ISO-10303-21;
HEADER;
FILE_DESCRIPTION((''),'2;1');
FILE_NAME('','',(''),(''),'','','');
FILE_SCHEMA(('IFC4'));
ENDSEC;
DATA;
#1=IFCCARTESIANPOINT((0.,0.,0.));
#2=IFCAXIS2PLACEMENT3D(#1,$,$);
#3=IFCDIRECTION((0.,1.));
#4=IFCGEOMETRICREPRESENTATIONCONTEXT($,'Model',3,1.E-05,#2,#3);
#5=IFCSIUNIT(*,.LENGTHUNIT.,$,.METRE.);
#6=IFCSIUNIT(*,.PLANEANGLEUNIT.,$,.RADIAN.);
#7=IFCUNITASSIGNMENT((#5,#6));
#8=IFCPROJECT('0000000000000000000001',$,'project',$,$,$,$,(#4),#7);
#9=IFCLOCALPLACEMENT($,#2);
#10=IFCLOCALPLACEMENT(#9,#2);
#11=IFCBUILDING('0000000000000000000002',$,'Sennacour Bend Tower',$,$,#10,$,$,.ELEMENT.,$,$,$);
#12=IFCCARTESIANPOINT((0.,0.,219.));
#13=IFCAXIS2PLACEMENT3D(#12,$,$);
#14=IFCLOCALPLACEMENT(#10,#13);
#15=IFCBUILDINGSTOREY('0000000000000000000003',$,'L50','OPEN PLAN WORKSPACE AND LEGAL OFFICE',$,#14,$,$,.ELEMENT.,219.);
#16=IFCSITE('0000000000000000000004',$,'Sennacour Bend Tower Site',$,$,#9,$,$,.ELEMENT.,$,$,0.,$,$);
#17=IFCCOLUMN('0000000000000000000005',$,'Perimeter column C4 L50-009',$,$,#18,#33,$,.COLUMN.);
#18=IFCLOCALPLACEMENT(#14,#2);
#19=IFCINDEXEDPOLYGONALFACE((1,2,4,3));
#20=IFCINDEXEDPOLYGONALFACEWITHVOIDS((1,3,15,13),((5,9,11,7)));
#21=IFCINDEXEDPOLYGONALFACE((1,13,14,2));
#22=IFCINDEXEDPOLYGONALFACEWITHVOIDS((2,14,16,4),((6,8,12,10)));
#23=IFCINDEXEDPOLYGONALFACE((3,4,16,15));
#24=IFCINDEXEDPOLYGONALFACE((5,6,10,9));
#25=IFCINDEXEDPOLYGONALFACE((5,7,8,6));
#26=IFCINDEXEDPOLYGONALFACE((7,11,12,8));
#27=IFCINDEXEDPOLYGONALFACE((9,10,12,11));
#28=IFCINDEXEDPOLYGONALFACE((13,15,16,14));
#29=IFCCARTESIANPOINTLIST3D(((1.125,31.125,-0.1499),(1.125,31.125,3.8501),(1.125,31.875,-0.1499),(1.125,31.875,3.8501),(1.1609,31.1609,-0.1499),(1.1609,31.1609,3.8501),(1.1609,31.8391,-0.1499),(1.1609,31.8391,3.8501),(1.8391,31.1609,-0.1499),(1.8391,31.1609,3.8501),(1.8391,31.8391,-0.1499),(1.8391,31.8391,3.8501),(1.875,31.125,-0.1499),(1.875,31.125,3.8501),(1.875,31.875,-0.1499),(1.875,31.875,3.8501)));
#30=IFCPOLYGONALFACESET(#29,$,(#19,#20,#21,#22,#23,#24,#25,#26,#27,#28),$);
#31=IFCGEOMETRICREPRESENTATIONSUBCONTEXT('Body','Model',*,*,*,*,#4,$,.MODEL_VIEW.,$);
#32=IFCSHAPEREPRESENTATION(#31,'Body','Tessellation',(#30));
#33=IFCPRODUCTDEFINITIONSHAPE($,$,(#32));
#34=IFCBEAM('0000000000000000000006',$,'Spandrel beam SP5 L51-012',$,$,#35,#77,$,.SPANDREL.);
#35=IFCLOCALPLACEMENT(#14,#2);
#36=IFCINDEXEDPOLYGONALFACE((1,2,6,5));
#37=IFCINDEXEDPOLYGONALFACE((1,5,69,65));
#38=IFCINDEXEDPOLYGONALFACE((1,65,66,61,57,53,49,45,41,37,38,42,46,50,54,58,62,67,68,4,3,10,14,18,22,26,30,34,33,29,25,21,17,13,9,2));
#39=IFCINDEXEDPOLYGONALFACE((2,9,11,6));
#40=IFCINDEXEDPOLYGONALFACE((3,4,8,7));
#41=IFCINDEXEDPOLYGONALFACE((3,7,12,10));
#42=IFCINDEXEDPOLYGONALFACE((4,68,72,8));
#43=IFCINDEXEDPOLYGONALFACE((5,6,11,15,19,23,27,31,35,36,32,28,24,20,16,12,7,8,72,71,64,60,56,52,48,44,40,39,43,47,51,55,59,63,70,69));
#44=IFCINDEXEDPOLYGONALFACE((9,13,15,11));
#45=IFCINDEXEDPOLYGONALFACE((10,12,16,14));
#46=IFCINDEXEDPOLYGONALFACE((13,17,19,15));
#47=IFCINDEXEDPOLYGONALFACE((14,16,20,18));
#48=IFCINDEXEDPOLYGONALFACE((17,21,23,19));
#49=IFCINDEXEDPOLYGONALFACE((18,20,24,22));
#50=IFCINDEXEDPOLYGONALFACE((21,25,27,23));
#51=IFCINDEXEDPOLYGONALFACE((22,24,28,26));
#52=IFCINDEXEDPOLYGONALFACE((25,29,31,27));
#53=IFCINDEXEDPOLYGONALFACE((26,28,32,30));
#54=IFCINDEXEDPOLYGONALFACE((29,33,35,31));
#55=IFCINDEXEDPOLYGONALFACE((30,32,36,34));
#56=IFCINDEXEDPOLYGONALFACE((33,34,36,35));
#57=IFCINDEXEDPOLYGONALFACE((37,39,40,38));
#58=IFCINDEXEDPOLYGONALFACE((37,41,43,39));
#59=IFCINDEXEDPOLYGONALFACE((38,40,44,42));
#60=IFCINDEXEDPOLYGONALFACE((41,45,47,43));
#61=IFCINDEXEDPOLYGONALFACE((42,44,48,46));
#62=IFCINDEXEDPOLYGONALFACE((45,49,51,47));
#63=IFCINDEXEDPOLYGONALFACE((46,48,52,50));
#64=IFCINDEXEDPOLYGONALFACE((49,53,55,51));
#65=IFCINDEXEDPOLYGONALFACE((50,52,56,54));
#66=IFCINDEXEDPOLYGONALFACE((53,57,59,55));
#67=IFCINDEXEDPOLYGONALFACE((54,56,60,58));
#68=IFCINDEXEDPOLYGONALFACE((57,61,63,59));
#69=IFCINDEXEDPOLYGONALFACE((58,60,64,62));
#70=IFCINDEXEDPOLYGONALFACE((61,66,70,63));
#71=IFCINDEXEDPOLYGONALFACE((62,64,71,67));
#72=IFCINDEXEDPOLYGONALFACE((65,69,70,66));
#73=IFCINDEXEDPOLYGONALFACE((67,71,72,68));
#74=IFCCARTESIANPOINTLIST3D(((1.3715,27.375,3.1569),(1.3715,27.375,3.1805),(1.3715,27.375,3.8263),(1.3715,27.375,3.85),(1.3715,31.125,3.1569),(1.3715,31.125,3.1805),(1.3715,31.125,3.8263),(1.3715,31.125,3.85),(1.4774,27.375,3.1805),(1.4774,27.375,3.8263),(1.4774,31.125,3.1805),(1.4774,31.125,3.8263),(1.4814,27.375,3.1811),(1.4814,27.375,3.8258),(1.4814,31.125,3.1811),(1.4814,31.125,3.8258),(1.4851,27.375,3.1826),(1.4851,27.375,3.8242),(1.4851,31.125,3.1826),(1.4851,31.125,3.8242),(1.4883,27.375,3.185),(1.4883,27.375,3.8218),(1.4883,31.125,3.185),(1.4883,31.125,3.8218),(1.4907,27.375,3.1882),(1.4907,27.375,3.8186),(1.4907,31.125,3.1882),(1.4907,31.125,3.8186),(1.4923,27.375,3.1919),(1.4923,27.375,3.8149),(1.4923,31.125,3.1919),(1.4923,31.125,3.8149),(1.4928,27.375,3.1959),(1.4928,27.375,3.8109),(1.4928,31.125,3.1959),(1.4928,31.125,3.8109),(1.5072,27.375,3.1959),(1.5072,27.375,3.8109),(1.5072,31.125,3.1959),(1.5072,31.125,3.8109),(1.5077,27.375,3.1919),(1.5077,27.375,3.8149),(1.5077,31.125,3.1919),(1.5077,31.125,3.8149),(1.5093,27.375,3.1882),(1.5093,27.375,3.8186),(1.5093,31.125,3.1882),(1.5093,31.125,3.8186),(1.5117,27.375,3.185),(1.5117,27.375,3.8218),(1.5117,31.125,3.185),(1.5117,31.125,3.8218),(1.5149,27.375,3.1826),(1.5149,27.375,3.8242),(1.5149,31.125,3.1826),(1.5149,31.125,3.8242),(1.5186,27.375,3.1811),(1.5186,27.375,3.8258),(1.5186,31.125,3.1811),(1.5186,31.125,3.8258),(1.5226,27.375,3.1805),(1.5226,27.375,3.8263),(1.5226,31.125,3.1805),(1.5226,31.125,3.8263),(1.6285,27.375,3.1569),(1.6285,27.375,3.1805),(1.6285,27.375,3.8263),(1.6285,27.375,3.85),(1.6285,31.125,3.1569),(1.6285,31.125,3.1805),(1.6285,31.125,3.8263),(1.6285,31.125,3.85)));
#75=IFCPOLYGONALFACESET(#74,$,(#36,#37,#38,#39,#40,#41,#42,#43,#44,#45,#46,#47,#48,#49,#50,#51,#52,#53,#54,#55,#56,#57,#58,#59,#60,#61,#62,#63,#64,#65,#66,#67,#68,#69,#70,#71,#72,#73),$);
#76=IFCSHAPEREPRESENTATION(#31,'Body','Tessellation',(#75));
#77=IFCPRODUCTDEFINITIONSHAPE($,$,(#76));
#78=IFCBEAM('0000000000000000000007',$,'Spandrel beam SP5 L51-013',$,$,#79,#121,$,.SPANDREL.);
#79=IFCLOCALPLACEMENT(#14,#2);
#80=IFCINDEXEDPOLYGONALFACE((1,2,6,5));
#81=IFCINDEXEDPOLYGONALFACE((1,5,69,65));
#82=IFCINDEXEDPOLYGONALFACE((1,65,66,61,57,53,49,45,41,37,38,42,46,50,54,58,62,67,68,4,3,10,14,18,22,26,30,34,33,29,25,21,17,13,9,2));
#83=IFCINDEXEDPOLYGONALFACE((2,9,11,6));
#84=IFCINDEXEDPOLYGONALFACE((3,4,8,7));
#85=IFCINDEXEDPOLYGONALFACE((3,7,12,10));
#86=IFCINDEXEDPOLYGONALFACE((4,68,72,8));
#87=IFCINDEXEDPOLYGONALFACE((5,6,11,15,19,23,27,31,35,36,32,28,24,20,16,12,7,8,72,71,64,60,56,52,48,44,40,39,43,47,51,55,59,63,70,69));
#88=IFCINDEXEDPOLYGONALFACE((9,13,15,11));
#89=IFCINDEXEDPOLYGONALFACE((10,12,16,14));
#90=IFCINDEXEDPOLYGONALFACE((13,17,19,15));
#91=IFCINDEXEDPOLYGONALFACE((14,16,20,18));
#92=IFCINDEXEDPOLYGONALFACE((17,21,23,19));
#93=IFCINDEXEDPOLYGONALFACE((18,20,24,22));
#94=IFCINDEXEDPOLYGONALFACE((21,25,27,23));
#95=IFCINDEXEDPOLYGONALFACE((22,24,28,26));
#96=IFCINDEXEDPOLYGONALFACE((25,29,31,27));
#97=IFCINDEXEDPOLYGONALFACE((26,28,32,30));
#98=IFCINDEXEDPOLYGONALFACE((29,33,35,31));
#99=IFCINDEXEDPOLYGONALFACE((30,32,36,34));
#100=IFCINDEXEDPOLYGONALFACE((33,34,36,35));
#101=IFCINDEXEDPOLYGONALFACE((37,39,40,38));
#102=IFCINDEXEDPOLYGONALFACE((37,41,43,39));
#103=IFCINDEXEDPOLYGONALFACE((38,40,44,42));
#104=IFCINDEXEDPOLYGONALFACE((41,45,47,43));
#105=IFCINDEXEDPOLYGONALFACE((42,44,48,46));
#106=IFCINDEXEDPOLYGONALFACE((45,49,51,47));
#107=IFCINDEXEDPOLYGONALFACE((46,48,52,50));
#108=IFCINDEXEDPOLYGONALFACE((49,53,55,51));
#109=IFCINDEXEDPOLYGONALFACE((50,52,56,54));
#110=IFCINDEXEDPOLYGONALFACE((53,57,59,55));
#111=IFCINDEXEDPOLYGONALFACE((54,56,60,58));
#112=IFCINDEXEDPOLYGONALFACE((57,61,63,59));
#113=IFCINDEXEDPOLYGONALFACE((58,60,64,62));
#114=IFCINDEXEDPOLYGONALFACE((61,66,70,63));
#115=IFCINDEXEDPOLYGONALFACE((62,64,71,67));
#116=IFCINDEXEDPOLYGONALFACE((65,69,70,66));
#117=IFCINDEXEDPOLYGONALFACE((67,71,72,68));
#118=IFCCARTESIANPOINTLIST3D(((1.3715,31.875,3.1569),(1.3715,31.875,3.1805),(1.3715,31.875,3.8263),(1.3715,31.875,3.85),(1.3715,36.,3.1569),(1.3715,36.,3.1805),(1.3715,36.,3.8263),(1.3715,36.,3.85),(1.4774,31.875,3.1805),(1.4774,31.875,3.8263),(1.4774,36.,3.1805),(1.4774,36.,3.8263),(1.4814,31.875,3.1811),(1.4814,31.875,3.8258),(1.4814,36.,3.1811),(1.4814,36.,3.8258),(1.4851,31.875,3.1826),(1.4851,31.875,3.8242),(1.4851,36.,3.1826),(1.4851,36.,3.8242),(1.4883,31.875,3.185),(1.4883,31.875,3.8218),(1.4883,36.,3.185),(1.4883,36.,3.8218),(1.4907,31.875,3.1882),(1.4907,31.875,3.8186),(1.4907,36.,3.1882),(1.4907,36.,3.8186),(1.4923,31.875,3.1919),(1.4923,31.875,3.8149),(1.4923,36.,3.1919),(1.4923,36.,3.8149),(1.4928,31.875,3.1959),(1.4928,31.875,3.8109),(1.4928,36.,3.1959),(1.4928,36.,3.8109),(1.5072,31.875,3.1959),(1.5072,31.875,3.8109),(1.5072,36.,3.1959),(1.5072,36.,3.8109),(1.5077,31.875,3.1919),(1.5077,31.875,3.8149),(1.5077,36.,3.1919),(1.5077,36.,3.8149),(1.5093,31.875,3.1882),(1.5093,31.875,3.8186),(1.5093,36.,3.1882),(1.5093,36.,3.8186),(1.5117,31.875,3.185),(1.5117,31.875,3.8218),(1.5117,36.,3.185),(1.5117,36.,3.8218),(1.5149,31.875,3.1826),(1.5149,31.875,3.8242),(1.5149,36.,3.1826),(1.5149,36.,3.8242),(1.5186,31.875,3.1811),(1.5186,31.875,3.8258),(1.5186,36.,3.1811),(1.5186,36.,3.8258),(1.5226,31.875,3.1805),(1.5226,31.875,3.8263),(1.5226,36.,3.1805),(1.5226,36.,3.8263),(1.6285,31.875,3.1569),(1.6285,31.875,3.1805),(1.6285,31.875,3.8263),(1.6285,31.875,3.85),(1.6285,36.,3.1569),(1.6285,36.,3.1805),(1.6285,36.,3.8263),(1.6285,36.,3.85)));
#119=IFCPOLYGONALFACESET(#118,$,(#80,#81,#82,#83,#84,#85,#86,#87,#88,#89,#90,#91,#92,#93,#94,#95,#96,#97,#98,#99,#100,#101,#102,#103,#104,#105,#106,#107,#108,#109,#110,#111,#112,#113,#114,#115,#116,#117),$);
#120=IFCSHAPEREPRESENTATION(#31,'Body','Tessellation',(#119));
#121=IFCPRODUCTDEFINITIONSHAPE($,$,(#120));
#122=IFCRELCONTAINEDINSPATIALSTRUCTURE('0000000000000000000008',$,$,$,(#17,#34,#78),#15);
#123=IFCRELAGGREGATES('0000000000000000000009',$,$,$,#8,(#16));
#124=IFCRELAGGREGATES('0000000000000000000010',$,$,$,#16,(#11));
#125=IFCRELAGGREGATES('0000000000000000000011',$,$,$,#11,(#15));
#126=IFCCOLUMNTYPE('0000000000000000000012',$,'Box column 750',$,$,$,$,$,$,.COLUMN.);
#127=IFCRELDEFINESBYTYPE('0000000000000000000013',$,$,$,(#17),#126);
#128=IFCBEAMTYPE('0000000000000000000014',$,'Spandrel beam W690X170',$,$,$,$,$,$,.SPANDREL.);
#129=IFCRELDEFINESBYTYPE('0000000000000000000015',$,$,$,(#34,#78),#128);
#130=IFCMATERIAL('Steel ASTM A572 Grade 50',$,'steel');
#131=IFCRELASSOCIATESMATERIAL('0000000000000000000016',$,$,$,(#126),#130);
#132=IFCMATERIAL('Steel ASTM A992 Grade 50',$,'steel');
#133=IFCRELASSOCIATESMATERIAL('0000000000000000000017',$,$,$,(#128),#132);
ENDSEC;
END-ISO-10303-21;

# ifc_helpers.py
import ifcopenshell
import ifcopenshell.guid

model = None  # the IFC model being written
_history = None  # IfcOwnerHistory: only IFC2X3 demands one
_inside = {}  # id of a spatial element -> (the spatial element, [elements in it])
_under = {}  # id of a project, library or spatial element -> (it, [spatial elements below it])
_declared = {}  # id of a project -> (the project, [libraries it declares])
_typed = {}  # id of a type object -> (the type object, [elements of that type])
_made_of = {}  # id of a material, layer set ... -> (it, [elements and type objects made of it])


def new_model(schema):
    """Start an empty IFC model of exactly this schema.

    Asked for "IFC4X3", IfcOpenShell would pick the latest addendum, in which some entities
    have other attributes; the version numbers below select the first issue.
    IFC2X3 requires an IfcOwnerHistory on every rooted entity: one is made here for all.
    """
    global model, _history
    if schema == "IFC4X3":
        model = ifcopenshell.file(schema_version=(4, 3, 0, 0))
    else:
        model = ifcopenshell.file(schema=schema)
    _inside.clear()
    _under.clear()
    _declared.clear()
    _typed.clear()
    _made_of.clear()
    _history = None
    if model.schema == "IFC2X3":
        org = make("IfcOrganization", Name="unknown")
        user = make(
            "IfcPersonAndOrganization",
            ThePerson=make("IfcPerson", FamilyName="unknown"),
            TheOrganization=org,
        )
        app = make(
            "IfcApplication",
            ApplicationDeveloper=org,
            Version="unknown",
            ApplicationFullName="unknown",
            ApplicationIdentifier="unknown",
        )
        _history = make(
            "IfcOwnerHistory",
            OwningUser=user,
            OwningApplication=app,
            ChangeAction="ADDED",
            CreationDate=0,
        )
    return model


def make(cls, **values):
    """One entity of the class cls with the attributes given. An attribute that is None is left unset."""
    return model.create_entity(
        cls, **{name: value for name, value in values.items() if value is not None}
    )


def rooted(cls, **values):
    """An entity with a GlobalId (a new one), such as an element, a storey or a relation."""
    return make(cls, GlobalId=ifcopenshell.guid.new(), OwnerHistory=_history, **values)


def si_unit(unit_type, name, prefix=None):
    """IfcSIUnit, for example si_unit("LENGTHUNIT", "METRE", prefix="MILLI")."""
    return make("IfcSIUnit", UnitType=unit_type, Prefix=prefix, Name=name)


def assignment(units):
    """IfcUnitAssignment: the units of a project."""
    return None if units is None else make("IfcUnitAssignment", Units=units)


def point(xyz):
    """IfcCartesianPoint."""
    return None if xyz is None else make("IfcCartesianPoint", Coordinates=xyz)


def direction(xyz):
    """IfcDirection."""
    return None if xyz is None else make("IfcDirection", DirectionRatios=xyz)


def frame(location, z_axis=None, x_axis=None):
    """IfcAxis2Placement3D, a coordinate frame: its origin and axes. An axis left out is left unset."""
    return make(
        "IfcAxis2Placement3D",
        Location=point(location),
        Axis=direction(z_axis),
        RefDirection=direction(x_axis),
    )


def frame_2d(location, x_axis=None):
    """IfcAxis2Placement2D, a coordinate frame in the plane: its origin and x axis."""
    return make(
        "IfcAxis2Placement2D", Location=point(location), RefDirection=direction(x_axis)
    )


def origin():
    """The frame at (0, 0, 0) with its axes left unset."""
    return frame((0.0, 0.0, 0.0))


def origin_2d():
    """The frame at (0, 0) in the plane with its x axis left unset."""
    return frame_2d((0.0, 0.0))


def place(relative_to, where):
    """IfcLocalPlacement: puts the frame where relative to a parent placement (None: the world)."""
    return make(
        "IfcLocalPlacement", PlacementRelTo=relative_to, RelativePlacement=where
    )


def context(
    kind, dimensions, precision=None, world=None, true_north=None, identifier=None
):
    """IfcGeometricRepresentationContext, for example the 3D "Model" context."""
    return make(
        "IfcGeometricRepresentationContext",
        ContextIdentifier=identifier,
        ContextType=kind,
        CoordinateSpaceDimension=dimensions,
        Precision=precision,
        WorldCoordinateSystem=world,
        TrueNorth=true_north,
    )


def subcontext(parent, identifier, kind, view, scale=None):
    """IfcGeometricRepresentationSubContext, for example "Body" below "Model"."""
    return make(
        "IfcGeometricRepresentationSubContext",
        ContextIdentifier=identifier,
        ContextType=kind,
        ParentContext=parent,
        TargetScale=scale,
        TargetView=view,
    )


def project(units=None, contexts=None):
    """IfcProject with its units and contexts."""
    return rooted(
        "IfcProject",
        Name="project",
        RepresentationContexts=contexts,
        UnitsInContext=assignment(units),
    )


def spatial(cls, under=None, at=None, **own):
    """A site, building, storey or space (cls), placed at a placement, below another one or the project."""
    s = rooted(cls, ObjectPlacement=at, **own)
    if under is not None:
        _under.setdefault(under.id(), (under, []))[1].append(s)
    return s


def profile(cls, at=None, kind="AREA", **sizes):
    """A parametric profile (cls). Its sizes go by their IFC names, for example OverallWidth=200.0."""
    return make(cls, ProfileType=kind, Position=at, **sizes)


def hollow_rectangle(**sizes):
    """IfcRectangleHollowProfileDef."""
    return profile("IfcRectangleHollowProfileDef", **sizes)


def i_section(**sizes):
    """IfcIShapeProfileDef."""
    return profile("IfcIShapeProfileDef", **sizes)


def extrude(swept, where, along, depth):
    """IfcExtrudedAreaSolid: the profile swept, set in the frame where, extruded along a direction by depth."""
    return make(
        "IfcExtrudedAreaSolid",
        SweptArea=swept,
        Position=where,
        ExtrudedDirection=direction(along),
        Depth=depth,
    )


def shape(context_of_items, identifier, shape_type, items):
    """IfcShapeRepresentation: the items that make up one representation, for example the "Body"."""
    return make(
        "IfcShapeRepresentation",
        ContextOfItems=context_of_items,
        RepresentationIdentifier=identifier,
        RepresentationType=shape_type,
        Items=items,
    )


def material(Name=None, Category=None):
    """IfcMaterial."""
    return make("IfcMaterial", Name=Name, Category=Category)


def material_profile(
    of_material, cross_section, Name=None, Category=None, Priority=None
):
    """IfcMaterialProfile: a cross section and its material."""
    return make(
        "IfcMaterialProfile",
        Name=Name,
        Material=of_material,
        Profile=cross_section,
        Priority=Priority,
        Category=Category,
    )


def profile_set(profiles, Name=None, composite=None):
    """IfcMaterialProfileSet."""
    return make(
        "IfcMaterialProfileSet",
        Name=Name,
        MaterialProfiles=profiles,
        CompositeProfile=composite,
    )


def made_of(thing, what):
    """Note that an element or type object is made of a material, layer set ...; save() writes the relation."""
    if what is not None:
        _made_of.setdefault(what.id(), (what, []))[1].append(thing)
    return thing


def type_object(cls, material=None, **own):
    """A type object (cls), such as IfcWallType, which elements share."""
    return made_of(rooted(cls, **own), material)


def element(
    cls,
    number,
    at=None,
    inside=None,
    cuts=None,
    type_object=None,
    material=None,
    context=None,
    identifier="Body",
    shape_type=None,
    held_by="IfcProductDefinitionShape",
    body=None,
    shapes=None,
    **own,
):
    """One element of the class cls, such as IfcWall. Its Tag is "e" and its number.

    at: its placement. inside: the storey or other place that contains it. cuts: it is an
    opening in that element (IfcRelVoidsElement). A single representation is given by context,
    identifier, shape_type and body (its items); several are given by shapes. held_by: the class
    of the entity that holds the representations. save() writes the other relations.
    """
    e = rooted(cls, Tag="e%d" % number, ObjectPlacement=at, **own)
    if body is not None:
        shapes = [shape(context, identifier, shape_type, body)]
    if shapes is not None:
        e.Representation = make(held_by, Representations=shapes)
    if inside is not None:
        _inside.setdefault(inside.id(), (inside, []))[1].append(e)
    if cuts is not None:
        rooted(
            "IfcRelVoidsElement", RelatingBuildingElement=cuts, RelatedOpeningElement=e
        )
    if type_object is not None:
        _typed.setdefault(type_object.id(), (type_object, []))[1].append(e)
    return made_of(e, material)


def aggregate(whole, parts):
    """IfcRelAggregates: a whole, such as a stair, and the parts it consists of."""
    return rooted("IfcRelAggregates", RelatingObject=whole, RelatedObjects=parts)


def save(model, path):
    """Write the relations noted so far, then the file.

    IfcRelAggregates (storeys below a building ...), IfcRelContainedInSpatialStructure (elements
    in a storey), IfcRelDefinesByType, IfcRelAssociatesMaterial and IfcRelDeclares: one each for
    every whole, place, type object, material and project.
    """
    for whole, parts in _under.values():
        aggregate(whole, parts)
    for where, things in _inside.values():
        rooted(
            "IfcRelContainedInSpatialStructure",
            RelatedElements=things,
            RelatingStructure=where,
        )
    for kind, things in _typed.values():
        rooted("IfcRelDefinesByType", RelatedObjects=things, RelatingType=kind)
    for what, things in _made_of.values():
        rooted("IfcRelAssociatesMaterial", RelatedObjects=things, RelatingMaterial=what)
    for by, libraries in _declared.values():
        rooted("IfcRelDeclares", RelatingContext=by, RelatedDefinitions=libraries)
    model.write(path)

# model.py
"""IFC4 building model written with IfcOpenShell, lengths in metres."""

from ifc_helpers import new_model, si_unit, direction, frame, origin, origin_2d, place, context, subcontext, project, spatial, hollow_rectangle, i_section, extrude, material, material_profile, profile_set, type_object, element, save


model = new_model("IFC4")

# Units and contexts
model_context = context("Model", 3, precision=1e-05, world=origin(), true_north=direction((0.0, 1.0)))
body_context = subcontext(model_context, "Body", "Model", "MODEL_VIEW")
ifc_project = project(units=[si_unit("LENGTHUNIT", "METRE"), si_unit("PLANEANGLEUNIT", "RADIAN")], contexts=[model_context])

# Site, building, storey
site_placement = place(None, origin())
site = spatial("IfcSite", under=ifc_project, at=site_placement, Name="Sennacour Bend Tower Site", CompositionType="ELEMENT", RefElevation=0.0)
building_placement = place(site_placement, origin())
building = spatial("IfcBuilding", under=site, at=building_placement, Name="Sennacour Bend Tower", CompositionType="ELEMENT")
storey_placement = place(building_placement, frame((0.0, 0.0, 219.0)))
storey = spatial("IfcBuildingStorey", under=building, at=storey_placement, Name="L50", Description="OPEN PLAN WORKSPACE AND LEGAL OFFICE", CompositionType="ELEMENT", Elevation=219.0)

# Column
ifc_material_1 = material(Name="Steel ASTM A572 Grade 50", Category="steel")
ifc_material_profile_1 = material_profile(ifc_material_1, hollow_rectangle(XDim=0.75, YDim=0.75, WallThickness=0.0359, at=origin_2d()), Name="Steel ASTM A572 Grade 50", Category="steel")
ifc_profile_set_1 = profile_set([ifc_material_profile_1], Name="Steel ASTM A572 Grade 50")
column_type = type_object("IfcColumnType", Name="Box column 750", PredefinedType="COLUMN", material=ifc_profile_set_1)
column_placement = place(storey_placement, frame((1.5, 31.5, -0.1499), z_axis=(0.0, 0.0, 1.0), x_axis=(1.0, 0.0, 0.0)))
element("IfcColumn", 1, at=column_placement, inside=storey, type_object=column_type, Name="Perimeter column C4 L50-009", PredefinedType="COLUMN", context=body_context, shape_type="SweptSolid", body=[
    extrude(hollow_rectangle(XDim=0.75, YDim=0.75, WallThickness=0.0359, at=origin_2d()), origin(), (0.0, 0.0, 1.0), 4.0),
])

# Beams
ifc_material_2 = material(Name="Steel ASTM A992 Grade 50", Category="steel")
ifc_material_profile_2 = material_profile(ifc_material_2, i_section(OverallWidth=0.2571, OverallDepth=0.6931, WebThickness=0.0144, FlangeThickness=0.0237, FilletRadius=0.0154, at=origin_2d()), Name="Steel ASTM A992 Grade 50", Category="steel")
ifc_profile_set_2 = profile_set([ifc_material_profile_2], Name="Steel ASTM A992 Grade 50")
beam_type = type_object("IfcBeamType", Name="Spandrel beam W690X170", PredefinedType="SPANDREL", material=ifc_profile_set_2)
beam_1_placement = place(storey_placement, frame((1.5, 27.375, 3.5034), z_axis=(0.0, 1.0, 0.0), x_axis=(-1.0, 0.0, 0.0)))
element("IfcBeam", 2, at=beam_1_placement, inside=storey, type_object=beam_type, Name="Spandrel beam SP5 L51-012", PredefinedType="SPANDREL", context=body_context, shape_type="SweptSolid", body=[
    extrude(i_section(OverallWidth=0.2571, OverallDepth=0.6931, WebThickness=0.0144, FlangeThickness=0.0237, FilletRadius=0.0154, at=origin_2d()), origin(), (0.0, 0.0, 1.0), 3.75),
])
beam_2_placement = place(storey_placement, frame((1.5, 31.875, 3.5034), z_axis=(0.0, 1.0, 0.0), x_axis=(-1.0, 0.0, 0.0)))
element("IfcBeam", 3, at=beam_2_placement, inside=storey, type_object=beam_type, Name="Spandrel beam SP5 L51-013", PredefinedType="SPANDREL", context=body_context, shape_type="SweptSolid", body=[
    extrude(i_section(OverallWidth=0.2571, OverallDepth=0.6931, WebThickness=0.0144, FlangeThickness=0.0237, FilletRadius=0.0154, at=origin_2d()), origin(), (0.0, 0.0, 1.0), 4.125),
])

save(model, "model.ifc")
